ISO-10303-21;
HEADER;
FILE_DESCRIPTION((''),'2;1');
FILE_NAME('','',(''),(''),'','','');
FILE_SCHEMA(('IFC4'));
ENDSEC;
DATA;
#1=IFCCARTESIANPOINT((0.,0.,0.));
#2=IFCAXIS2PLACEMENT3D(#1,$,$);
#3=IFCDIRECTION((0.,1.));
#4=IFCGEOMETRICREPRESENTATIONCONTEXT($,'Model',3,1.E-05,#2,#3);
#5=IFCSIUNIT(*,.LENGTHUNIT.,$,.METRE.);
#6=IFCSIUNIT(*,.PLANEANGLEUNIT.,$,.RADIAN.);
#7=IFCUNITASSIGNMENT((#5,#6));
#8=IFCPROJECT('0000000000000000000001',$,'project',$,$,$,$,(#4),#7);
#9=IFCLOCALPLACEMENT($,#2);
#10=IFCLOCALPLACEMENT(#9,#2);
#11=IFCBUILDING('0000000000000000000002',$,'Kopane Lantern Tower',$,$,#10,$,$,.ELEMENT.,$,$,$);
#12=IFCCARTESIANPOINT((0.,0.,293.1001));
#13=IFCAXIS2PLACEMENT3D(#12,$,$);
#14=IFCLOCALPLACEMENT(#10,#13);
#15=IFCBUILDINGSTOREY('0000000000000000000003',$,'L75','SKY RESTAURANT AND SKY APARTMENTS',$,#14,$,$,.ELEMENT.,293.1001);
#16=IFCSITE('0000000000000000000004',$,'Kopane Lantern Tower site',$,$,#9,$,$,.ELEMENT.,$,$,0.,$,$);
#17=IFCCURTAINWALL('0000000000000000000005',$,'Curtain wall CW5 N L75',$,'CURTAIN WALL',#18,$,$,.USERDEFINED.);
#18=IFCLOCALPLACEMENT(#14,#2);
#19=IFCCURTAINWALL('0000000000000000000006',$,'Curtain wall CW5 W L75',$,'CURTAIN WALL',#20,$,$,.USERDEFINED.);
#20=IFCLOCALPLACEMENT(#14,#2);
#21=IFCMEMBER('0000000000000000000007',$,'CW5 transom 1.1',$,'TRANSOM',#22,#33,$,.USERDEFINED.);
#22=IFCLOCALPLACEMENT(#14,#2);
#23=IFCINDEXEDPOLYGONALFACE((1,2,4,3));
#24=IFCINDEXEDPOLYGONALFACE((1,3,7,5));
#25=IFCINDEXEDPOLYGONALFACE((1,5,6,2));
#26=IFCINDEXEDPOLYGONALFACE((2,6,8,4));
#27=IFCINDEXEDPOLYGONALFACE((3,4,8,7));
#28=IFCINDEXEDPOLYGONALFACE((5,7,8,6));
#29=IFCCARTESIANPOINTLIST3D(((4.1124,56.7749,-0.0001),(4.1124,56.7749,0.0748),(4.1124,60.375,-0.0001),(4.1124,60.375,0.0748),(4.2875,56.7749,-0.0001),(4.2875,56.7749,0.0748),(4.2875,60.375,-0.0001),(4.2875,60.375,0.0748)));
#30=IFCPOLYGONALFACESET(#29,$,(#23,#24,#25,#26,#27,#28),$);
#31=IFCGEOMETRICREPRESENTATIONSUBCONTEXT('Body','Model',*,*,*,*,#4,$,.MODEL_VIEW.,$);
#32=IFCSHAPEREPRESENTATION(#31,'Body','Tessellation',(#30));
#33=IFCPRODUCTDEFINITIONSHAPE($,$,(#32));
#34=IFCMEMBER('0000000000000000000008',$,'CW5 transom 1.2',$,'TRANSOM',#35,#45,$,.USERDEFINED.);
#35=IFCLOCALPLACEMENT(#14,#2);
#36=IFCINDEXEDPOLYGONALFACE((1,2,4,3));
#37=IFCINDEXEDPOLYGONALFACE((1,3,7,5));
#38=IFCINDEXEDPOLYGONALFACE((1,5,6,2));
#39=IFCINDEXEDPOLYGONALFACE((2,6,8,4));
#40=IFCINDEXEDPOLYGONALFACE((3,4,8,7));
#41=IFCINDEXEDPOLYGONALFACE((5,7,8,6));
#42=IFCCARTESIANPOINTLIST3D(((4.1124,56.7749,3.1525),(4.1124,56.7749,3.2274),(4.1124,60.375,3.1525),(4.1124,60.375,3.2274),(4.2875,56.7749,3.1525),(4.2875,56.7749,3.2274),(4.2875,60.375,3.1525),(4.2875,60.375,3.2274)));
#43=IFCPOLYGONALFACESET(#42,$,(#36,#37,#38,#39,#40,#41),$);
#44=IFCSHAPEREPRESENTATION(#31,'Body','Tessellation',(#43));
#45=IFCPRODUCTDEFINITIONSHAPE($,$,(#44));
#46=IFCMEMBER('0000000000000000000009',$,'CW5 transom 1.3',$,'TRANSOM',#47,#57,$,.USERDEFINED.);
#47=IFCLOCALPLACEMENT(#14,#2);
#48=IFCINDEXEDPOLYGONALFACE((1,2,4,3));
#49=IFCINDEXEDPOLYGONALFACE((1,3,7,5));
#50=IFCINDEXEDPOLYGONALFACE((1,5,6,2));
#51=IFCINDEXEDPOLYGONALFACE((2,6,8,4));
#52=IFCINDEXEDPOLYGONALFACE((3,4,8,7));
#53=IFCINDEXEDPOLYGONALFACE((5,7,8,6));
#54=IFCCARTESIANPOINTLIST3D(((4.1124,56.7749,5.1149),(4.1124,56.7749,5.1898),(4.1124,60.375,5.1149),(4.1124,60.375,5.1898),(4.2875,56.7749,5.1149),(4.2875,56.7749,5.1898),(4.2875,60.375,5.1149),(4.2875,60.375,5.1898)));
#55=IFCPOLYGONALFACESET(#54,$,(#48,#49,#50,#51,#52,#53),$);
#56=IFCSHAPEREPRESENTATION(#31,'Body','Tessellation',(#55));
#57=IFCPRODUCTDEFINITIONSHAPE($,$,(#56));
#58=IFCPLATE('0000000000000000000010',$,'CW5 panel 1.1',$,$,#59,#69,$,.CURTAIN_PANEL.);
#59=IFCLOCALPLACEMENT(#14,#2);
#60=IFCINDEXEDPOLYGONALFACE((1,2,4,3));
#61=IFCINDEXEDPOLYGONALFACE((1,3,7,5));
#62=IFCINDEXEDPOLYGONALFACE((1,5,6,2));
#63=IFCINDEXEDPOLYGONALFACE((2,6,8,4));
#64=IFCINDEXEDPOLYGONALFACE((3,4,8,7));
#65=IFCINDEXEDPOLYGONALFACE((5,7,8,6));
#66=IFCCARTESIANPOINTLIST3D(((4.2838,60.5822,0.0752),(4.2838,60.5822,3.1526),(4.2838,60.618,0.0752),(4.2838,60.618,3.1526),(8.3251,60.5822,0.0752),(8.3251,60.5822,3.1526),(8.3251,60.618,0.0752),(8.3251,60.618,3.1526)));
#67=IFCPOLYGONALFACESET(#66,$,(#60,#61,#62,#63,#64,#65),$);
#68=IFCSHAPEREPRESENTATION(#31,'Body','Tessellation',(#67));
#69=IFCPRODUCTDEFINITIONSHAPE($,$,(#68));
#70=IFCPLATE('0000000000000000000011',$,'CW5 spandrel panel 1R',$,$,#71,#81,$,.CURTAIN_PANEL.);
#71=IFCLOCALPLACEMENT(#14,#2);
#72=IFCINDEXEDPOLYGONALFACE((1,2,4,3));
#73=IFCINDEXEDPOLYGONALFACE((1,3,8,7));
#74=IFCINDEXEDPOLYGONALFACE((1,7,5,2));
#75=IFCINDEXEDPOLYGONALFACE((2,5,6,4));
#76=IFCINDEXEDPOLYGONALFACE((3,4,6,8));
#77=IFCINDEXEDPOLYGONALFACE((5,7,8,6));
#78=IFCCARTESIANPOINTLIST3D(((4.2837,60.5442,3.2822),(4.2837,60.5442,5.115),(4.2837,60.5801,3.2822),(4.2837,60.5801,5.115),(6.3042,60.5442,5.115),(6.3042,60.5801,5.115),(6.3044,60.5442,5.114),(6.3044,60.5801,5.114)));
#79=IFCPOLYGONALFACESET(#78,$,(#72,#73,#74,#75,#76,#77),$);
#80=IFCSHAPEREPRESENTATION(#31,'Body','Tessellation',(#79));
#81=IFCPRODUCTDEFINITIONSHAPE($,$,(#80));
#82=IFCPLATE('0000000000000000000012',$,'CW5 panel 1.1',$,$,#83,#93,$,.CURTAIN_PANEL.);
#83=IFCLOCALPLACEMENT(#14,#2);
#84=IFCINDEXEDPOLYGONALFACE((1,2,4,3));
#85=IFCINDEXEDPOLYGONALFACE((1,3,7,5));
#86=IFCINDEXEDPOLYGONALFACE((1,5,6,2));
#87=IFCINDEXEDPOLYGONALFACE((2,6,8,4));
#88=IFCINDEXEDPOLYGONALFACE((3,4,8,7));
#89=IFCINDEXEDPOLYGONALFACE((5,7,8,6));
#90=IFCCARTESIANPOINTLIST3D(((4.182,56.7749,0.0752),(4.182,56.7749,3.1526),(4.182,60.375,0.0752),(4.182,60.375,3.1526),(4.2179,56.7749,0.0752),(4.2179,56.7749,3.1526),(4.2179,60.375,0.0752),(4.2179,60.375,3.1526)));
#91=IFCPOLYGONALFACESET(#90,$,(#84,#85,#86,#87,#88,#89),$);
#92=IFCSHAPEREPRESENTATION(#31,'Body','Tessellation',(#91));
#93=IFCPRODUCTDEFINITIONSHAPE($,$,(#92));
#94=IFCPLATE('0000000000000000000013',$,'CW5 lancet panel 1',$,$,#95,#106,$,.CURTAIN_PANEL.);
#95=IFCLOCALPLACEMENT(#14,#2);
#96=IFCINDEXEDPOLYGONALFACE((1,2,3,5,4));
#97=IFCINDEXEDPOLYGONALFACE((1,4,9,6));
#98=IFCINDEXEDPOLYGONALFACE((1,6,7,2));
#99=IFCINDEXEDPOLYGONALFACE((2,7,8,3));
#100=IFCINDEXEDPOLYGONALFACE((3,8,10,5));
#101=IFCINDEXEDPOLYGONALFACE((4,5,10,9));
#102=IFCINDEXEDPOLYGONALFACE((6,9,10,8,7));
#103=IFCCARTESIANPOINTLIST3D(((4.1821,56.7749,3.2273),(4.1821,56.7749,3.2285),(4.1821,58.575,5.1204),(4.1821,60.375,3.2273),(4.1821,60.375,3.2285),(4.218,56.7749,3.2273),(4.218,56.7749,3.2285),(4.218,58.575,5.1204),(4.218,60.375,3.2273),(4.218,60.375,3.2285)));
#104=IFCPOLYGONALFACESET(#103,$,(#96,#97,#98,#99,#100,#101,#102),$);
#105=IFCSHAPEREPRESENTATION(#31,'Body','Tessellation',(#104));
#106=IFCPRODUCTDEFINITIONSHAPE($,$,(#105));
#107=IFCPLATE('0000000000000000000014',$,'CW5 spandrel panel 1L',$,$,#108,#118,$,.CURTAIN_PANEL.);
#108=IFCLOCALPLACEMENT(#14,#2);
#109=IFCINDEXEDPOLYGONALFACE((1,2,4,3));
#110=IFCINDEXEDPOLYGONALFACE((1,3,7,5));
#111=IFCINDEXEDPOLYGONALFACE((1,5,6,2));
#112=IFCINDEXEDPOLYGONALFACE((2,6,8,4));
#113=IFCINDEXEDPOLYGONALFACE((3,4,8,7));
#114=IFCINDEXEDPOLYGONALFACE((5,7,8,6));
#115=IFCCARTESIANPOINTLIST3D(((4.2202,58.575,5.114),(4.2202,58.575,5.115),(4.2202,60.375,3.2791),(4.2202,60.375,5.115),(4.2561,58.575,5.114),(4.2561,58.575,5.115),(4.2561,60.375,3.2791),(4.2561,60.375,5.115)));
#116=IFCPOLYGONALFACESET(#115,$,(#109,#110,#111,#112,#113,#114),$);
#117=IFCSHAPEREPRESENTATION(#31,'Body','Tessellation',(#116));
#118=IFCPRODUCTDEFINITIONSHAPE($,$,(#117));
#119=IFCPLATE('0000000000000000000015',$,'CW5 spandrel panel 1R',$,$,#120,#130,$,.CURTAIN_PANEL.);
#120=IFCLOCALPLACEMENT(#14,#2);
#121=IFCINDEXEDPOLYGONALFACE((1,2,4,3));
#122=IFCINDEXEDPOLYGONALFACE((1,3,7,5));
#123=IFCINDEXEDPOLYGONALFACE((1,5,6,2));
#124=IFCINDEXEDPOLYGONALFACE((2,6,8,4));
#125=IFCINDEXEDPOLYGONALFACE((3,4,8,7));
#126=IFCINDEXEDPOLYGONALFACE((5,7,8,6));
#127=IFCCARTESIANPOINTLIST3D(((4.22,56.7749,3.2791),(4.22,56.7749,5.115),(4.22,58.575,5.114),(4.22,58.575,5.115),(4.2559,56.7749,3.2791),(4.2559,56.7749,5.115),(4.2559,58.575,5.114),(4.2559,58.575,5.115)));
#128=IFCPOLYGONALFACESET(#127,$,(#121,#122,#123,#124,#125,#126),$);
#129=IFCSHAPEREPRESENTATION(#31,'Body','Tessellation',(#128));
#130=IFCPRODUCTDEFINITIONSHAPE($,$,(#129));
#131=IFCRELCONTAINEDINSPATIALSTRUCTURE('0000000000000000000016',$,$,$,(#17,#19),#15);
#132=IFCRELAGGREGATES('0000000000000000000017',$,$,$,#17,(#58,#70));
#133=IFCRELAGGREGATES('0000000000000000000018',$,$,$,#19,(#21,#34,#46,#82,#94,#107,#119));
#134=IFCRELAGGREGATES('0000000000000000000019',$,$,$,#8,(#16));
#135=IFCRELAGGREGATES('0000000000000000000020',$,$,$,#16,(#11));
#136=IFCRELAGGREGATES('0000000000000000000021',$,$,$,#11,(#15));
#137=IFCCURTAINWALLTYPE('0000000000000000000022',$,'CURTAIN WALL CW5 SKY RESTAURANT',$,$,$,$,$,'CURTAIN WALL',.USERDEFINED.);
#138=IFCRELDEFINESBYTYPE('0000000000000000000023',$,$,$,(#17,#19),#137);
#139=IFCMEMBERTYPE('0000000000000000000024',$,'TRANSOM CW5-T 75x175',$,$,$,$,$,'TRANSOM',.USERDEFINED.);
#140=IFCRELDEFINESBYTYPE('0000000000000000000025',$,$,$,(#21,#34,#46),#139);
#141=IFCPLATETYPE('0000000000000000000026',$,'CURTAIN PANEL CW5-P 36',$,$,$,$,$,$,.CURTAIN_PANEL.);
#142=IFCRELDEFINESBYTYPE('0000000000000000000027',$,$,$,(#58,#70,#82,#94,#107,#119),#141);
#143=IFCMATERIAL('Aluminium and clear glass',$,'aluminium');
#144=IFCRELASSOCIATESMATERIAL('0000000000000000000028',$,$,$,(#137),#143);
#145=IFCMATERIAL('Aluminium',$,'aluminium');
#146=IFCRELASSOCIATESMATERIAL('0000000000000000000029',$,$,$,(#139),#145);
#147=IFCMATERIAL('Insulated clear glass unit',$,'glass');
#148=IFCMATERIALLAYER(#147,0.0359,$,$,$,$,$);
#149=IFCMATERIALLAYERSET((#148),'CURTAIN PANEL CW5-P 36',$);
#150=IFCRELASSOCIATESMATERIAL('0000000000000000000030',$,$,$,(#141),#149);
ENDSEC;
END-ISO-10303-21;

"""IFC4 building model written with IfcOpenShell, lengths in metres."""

from ifc_helpers import new_model, si_unit, direction, frame, origin, origin_2d, place, context, subcontext, project, spatial, polyline, rectangle, outline, extrude, material, layer, layer_set, material_profile, profile_set, type_object, element, aggregate, save


model = new_model("IFC4")

# Units and contexts
model_context = context("Model", 3, precision=1e-05, world=origin(), true_north=direction((0.0, 1.0)))
body_context = subcontext(model_context, "Body", "Model", "MODEL_VIEW")
ifc_project = project(units=[si_unit("LENGTHUNIT", "METRE"), si_unit("PLANEANGLEUNIT", "RADIAN")], contexts=[model_context])

# Site, building, storey
site_placement = place(None, origin())
site = spatial("IfcSite", under=ifc_project, at=site_placement, Name="Kopane Lantern Tower site", CompositionType="ELEMENT", RefElevation=0.0)
building_placement = place(site_placement, origin())
building = spatial("IfcBuilding", under=site, at=building_placement, Name="Kopane Lantern Tower", CompositionType="ELEMENT")
storey_placement = place(building_placement, frame((0.0, 0.0, 293.1001)))
storey = spatial("IfcBuildingStorey", under=building, at=storey_placement, Name="L75", Description="SKY RESTAURANT AND SKY APARTMENTS", CompositionType="ELEMENT", Elevation=293.1001)

# Curtain walls
ifc_material_1 = material(Name="Aluminium and clear glass", Category="aluminium")
curtain_wall_type = type_object("IfcCurtainWallType", Name="CURTAIN WALL CW5 SKY RESTAURANT", ElementType="CURTAIN WALL", PredefinedType="USERDEFINED", material=ifc_material_1)
curtain_wall_1_placement = place(storey_placement, origin())
curtain_wall_1 = element("IfcCurtainWall", 1, at=curtain_wall_1_placement, inside=storey, type_object=curtain_wall_type, Name="Curtain wall CW5 N L75", ObjectType="CURTAIN WALL", PredefinedType="USERDEFINED")
curtain_wall_2_placement = place(storey_placement, origin())
curtain_wall_2 = element("IfcCurtainWall", 2, at=curtain_wall_2_placement, inside=storey, type_object=curtain_wall_type, Name="Curtain wall CW5 W L75", ObjectType="CURTAIN WALL", PredefinedType="USERDEFINED")

# Members
ifc_material_2 = material(Name="Aluminium", Category="aluminium")
ifc_material_profile_1 = material_profile(ifc_material_2, rectangle(XDim=0.175, YDim=0.075, at=origin_2d()), Name="AL 175x75")
ifc_profile_set_1 = profile_set([ifc_material_profile_1], Name="Aluminium")
member_type_1 = type_object("IfcMemberType", Name="TRANSOM CW5-T 75x175", ElementType="TRANSOM", PredefinedType="USERDEFINED", material=ifc_profile_set_1)
member_1_placement = place(storey_placement, frame((4.2, 60.375, 0.0374), z_axis=(0.0, -1.0, 0.0), x_axis=(1.0, 0.0, 0.0)))
member_1 = element("IfcMember", 3, at=member_1_placement, type_object=member_type_1, Name="CW5 transom 1.1", ObjectType="TRANSOM", PredefinedType="USERDEFINED", context=body_context, shape_type="SweptSolid", body=[
    extrude(rectangle(XDim=0.175, YDim=0.075, at=origin_2d()), origin(), (0.0, 0.0, 1.0), 3.6001),
])
member_2_placement = place(storey_placement, frame((4.2, 60.375, 3.1899), z_axis=(0.0, -1.0, 0.0), x_axis=(1.0, 0.0, 0.0)))
member_2 = element("IfcMember", 4, at=member_2_placement, type_object=member_type_1, Name="CW5 transom 1.2", ObjectType="TRANSOM", PredefinedType="USERDEFINED", context=body_context, shape_type="SweptSolid", body=[
    extrude(rectangle(XDim=0.175, YDim=0.075, at=origin_2d()), origin(), (0.0, 0.0, 1.0), 3.6001),
])
member_3_placement = place(storey_placement, frame((4.2, 60.375, 5.1523), z_axis=(0.0, -1.0, 0.0), x_axis=(1.0, 0.0, 0.0)))
member_3 = element("IfcMember", 5, at=member_3_placement, type_object=member_type_1, Name="CW5 transom 1.3", ObjectType="TRANSOM", PredefinedType="USERDEFINED", context=body_context, shape_type="SweptSolid", body=[
    extrude(rectangle(XDim=0.175, YDim=0.075, at=origin_2d()), origin(), (0.0, 0.0, 1.0), 3.6001),
])

# Plates
ifc_material_3 = material(Name="Insulated clear glass unit", Category="glass")
ifc_layer_1 = layer(ifc_material_3, 0.0359)
ifc_layer_set_1 = layer_set([ifc_layer_1], Name="CURTAIN PANEL CW5-P 36")
plate_type = type_object("IfcPlateType", Name="CURTAIN PANEL CW5-P 36", PredefinedType="CURTAIN_PANEL", material=ifc_layer_set_1)
plate_1_placement = place(storey_placement, frame((6.3044, 60.6001, 0.0752), z_axis=(0.0, 0.0, 1.0), x_axis=(-1.0, 0.0, 0.0)))
plate_1 = element("IfcPlate", 6, at=plate_1_placement, type_object=plate_type, Name="CW5 panel 1.1", PredefinedType="CURTAIN_PANEL", context=body_context, shape_type="SweptSolid", body=[
    extrude(rectangle(XDim=4.0413, YDim=0.0359, at=origin_2d()), origin(), (0.0, 0.0, 1.0), 3.0774),
])
plate_2_placement = place(storey_placement, frame((4.2837, 60.562, 5.115), z_axis=(0.0, 0.0, 1.0), x_axis=(1.0, 0.0, 0.0)))
plate_2 = element("IfcPlate", 7, at=plate_2_placement, type_object=plate_type, Name="CW5 spandrel panel 1R", PredefinedType="CURTAIN_PANEL", context=body_context, shape_type="SweptSolid", body=[
    extrude(outline(polyline([(0.0, 0.0), (2.0205, 0.0), (2.0208, -0.001), (0.0, -1.8328), (0.0, 0.0)])), frame((0.0, 0.0181, 0.0), z_axis=(0.0, -1.0, 0.0), x_axis=(1.0, 0.0, 0.0)), (0.0, 0.0, 1.0), 0.0359),
])
aggregate(curtain_wall_1, [plate_1, plate_2])
plate_3_placement = place(storey_placement, frame((4.2, 58.575, 0.0752), z_axis=(0.0, 0.0, 1.0), x_axis=(0.0, -1.0, 0.0)))
plate_3 = element("IfcPlate", 8, at=plate_3_placement, type_object=plate_type, Name="CW5 panel 1.1", PredefinedType="CURTAIN_PANEL", context=body_context, shape_type="SweptSolid", body=[
    extrude(rectangle(XDim=3.6001, YDim=0.0359, at=origin_2d()), origin(), (0.0, 0.0, 1.0), 3.0774),
])
plate_4_placement = place(storey_placement, frame((4.2, 60.375, 3.2273), z_axis=(0.0, 0.0, 1.0), x_axis=(0.0, -1.0, 0.0)))
plate_4 = element("IfcPlate", 9, at=plate_4_placement, type_object=plate_type, Name="CW5 lancet panel 1", PredefinedType="CURTAIN_PANEL", context=body_context, shape_type="SweptSolid", body=[
    extrude(outline(polyline([(0.0, 0.0), (3.6001, 0.0), (3.6001, 0.0012), (1.8, 1.8931), (0.0, 0.0012), (0.0, 0.0)])), frame((0.0, 0.0181, 0.0), z_axis=(0.0, -1.0, 0.0), x_axis=(1.0, 0.0, 0.0)), (0.0, 0.0, 1.0), 0.0359),
])
plate_5_placement = place(storey_placement, frame((4.238, 60.375, 5.115), z_axis=(0.0, 0.0, 1.0), x_axis=(0.0, -1.0, 0.0)))
plate_5 = element("IfcPlate", 10, at=plate_5_placement, type_object=plate_type, Name="CW5 spandrel panel 1L", PredefinedType="CURTAIN_PANEL", context=body_context, shape_type="SweptSolid", body=[
    extrude(outline(polyline([(0.0, 0.0), (1.8, 0.0), (1.8, -0.001), (0.0, -1.8359), (0.0, 0.0)])), frame((0.0, 0.0181, 0.0), z_axis=(0.0, -1.0, 0.0), x_axis=(1.0, 0.0, 0.0)), (0.0, 0.0, 1.0), 0.0359),
])
plate_6_placement = place(storey_placement, frame((4.238, 56.7749, 5.115), z_axis=(0.0, 0.0, 1.0), x_axis=(0.0, 1.0, 0.0)))
plate_6 = element("IfcPlate", 11, at=plate_6_placement, type_object=plate_type, Name="CW5 spandrel panel 1R", PredefinedType="CURTAIN_PANEL", context=body_context, shape_type="SweptSolid", body=[
    extrude(outline(polyline([(0.0, 0.0), (1.8, 0.0), (1.8, -0.001), (0.0, -1.8359), (0.0, 0.0)])), frame((0.0, 0.0181, 0.0), z_axis=(0.0, -1.0, 0.0), x_axis=(1.0, 0.0, 0.0)), (0.0, 0.0, 1.0), 0.0359),
])
aggregate(curtain_wall_2, [member_1, member_2, member_3, plate_3, plate_4, plate_5, plate_6])

save(model, "model.ifc")
